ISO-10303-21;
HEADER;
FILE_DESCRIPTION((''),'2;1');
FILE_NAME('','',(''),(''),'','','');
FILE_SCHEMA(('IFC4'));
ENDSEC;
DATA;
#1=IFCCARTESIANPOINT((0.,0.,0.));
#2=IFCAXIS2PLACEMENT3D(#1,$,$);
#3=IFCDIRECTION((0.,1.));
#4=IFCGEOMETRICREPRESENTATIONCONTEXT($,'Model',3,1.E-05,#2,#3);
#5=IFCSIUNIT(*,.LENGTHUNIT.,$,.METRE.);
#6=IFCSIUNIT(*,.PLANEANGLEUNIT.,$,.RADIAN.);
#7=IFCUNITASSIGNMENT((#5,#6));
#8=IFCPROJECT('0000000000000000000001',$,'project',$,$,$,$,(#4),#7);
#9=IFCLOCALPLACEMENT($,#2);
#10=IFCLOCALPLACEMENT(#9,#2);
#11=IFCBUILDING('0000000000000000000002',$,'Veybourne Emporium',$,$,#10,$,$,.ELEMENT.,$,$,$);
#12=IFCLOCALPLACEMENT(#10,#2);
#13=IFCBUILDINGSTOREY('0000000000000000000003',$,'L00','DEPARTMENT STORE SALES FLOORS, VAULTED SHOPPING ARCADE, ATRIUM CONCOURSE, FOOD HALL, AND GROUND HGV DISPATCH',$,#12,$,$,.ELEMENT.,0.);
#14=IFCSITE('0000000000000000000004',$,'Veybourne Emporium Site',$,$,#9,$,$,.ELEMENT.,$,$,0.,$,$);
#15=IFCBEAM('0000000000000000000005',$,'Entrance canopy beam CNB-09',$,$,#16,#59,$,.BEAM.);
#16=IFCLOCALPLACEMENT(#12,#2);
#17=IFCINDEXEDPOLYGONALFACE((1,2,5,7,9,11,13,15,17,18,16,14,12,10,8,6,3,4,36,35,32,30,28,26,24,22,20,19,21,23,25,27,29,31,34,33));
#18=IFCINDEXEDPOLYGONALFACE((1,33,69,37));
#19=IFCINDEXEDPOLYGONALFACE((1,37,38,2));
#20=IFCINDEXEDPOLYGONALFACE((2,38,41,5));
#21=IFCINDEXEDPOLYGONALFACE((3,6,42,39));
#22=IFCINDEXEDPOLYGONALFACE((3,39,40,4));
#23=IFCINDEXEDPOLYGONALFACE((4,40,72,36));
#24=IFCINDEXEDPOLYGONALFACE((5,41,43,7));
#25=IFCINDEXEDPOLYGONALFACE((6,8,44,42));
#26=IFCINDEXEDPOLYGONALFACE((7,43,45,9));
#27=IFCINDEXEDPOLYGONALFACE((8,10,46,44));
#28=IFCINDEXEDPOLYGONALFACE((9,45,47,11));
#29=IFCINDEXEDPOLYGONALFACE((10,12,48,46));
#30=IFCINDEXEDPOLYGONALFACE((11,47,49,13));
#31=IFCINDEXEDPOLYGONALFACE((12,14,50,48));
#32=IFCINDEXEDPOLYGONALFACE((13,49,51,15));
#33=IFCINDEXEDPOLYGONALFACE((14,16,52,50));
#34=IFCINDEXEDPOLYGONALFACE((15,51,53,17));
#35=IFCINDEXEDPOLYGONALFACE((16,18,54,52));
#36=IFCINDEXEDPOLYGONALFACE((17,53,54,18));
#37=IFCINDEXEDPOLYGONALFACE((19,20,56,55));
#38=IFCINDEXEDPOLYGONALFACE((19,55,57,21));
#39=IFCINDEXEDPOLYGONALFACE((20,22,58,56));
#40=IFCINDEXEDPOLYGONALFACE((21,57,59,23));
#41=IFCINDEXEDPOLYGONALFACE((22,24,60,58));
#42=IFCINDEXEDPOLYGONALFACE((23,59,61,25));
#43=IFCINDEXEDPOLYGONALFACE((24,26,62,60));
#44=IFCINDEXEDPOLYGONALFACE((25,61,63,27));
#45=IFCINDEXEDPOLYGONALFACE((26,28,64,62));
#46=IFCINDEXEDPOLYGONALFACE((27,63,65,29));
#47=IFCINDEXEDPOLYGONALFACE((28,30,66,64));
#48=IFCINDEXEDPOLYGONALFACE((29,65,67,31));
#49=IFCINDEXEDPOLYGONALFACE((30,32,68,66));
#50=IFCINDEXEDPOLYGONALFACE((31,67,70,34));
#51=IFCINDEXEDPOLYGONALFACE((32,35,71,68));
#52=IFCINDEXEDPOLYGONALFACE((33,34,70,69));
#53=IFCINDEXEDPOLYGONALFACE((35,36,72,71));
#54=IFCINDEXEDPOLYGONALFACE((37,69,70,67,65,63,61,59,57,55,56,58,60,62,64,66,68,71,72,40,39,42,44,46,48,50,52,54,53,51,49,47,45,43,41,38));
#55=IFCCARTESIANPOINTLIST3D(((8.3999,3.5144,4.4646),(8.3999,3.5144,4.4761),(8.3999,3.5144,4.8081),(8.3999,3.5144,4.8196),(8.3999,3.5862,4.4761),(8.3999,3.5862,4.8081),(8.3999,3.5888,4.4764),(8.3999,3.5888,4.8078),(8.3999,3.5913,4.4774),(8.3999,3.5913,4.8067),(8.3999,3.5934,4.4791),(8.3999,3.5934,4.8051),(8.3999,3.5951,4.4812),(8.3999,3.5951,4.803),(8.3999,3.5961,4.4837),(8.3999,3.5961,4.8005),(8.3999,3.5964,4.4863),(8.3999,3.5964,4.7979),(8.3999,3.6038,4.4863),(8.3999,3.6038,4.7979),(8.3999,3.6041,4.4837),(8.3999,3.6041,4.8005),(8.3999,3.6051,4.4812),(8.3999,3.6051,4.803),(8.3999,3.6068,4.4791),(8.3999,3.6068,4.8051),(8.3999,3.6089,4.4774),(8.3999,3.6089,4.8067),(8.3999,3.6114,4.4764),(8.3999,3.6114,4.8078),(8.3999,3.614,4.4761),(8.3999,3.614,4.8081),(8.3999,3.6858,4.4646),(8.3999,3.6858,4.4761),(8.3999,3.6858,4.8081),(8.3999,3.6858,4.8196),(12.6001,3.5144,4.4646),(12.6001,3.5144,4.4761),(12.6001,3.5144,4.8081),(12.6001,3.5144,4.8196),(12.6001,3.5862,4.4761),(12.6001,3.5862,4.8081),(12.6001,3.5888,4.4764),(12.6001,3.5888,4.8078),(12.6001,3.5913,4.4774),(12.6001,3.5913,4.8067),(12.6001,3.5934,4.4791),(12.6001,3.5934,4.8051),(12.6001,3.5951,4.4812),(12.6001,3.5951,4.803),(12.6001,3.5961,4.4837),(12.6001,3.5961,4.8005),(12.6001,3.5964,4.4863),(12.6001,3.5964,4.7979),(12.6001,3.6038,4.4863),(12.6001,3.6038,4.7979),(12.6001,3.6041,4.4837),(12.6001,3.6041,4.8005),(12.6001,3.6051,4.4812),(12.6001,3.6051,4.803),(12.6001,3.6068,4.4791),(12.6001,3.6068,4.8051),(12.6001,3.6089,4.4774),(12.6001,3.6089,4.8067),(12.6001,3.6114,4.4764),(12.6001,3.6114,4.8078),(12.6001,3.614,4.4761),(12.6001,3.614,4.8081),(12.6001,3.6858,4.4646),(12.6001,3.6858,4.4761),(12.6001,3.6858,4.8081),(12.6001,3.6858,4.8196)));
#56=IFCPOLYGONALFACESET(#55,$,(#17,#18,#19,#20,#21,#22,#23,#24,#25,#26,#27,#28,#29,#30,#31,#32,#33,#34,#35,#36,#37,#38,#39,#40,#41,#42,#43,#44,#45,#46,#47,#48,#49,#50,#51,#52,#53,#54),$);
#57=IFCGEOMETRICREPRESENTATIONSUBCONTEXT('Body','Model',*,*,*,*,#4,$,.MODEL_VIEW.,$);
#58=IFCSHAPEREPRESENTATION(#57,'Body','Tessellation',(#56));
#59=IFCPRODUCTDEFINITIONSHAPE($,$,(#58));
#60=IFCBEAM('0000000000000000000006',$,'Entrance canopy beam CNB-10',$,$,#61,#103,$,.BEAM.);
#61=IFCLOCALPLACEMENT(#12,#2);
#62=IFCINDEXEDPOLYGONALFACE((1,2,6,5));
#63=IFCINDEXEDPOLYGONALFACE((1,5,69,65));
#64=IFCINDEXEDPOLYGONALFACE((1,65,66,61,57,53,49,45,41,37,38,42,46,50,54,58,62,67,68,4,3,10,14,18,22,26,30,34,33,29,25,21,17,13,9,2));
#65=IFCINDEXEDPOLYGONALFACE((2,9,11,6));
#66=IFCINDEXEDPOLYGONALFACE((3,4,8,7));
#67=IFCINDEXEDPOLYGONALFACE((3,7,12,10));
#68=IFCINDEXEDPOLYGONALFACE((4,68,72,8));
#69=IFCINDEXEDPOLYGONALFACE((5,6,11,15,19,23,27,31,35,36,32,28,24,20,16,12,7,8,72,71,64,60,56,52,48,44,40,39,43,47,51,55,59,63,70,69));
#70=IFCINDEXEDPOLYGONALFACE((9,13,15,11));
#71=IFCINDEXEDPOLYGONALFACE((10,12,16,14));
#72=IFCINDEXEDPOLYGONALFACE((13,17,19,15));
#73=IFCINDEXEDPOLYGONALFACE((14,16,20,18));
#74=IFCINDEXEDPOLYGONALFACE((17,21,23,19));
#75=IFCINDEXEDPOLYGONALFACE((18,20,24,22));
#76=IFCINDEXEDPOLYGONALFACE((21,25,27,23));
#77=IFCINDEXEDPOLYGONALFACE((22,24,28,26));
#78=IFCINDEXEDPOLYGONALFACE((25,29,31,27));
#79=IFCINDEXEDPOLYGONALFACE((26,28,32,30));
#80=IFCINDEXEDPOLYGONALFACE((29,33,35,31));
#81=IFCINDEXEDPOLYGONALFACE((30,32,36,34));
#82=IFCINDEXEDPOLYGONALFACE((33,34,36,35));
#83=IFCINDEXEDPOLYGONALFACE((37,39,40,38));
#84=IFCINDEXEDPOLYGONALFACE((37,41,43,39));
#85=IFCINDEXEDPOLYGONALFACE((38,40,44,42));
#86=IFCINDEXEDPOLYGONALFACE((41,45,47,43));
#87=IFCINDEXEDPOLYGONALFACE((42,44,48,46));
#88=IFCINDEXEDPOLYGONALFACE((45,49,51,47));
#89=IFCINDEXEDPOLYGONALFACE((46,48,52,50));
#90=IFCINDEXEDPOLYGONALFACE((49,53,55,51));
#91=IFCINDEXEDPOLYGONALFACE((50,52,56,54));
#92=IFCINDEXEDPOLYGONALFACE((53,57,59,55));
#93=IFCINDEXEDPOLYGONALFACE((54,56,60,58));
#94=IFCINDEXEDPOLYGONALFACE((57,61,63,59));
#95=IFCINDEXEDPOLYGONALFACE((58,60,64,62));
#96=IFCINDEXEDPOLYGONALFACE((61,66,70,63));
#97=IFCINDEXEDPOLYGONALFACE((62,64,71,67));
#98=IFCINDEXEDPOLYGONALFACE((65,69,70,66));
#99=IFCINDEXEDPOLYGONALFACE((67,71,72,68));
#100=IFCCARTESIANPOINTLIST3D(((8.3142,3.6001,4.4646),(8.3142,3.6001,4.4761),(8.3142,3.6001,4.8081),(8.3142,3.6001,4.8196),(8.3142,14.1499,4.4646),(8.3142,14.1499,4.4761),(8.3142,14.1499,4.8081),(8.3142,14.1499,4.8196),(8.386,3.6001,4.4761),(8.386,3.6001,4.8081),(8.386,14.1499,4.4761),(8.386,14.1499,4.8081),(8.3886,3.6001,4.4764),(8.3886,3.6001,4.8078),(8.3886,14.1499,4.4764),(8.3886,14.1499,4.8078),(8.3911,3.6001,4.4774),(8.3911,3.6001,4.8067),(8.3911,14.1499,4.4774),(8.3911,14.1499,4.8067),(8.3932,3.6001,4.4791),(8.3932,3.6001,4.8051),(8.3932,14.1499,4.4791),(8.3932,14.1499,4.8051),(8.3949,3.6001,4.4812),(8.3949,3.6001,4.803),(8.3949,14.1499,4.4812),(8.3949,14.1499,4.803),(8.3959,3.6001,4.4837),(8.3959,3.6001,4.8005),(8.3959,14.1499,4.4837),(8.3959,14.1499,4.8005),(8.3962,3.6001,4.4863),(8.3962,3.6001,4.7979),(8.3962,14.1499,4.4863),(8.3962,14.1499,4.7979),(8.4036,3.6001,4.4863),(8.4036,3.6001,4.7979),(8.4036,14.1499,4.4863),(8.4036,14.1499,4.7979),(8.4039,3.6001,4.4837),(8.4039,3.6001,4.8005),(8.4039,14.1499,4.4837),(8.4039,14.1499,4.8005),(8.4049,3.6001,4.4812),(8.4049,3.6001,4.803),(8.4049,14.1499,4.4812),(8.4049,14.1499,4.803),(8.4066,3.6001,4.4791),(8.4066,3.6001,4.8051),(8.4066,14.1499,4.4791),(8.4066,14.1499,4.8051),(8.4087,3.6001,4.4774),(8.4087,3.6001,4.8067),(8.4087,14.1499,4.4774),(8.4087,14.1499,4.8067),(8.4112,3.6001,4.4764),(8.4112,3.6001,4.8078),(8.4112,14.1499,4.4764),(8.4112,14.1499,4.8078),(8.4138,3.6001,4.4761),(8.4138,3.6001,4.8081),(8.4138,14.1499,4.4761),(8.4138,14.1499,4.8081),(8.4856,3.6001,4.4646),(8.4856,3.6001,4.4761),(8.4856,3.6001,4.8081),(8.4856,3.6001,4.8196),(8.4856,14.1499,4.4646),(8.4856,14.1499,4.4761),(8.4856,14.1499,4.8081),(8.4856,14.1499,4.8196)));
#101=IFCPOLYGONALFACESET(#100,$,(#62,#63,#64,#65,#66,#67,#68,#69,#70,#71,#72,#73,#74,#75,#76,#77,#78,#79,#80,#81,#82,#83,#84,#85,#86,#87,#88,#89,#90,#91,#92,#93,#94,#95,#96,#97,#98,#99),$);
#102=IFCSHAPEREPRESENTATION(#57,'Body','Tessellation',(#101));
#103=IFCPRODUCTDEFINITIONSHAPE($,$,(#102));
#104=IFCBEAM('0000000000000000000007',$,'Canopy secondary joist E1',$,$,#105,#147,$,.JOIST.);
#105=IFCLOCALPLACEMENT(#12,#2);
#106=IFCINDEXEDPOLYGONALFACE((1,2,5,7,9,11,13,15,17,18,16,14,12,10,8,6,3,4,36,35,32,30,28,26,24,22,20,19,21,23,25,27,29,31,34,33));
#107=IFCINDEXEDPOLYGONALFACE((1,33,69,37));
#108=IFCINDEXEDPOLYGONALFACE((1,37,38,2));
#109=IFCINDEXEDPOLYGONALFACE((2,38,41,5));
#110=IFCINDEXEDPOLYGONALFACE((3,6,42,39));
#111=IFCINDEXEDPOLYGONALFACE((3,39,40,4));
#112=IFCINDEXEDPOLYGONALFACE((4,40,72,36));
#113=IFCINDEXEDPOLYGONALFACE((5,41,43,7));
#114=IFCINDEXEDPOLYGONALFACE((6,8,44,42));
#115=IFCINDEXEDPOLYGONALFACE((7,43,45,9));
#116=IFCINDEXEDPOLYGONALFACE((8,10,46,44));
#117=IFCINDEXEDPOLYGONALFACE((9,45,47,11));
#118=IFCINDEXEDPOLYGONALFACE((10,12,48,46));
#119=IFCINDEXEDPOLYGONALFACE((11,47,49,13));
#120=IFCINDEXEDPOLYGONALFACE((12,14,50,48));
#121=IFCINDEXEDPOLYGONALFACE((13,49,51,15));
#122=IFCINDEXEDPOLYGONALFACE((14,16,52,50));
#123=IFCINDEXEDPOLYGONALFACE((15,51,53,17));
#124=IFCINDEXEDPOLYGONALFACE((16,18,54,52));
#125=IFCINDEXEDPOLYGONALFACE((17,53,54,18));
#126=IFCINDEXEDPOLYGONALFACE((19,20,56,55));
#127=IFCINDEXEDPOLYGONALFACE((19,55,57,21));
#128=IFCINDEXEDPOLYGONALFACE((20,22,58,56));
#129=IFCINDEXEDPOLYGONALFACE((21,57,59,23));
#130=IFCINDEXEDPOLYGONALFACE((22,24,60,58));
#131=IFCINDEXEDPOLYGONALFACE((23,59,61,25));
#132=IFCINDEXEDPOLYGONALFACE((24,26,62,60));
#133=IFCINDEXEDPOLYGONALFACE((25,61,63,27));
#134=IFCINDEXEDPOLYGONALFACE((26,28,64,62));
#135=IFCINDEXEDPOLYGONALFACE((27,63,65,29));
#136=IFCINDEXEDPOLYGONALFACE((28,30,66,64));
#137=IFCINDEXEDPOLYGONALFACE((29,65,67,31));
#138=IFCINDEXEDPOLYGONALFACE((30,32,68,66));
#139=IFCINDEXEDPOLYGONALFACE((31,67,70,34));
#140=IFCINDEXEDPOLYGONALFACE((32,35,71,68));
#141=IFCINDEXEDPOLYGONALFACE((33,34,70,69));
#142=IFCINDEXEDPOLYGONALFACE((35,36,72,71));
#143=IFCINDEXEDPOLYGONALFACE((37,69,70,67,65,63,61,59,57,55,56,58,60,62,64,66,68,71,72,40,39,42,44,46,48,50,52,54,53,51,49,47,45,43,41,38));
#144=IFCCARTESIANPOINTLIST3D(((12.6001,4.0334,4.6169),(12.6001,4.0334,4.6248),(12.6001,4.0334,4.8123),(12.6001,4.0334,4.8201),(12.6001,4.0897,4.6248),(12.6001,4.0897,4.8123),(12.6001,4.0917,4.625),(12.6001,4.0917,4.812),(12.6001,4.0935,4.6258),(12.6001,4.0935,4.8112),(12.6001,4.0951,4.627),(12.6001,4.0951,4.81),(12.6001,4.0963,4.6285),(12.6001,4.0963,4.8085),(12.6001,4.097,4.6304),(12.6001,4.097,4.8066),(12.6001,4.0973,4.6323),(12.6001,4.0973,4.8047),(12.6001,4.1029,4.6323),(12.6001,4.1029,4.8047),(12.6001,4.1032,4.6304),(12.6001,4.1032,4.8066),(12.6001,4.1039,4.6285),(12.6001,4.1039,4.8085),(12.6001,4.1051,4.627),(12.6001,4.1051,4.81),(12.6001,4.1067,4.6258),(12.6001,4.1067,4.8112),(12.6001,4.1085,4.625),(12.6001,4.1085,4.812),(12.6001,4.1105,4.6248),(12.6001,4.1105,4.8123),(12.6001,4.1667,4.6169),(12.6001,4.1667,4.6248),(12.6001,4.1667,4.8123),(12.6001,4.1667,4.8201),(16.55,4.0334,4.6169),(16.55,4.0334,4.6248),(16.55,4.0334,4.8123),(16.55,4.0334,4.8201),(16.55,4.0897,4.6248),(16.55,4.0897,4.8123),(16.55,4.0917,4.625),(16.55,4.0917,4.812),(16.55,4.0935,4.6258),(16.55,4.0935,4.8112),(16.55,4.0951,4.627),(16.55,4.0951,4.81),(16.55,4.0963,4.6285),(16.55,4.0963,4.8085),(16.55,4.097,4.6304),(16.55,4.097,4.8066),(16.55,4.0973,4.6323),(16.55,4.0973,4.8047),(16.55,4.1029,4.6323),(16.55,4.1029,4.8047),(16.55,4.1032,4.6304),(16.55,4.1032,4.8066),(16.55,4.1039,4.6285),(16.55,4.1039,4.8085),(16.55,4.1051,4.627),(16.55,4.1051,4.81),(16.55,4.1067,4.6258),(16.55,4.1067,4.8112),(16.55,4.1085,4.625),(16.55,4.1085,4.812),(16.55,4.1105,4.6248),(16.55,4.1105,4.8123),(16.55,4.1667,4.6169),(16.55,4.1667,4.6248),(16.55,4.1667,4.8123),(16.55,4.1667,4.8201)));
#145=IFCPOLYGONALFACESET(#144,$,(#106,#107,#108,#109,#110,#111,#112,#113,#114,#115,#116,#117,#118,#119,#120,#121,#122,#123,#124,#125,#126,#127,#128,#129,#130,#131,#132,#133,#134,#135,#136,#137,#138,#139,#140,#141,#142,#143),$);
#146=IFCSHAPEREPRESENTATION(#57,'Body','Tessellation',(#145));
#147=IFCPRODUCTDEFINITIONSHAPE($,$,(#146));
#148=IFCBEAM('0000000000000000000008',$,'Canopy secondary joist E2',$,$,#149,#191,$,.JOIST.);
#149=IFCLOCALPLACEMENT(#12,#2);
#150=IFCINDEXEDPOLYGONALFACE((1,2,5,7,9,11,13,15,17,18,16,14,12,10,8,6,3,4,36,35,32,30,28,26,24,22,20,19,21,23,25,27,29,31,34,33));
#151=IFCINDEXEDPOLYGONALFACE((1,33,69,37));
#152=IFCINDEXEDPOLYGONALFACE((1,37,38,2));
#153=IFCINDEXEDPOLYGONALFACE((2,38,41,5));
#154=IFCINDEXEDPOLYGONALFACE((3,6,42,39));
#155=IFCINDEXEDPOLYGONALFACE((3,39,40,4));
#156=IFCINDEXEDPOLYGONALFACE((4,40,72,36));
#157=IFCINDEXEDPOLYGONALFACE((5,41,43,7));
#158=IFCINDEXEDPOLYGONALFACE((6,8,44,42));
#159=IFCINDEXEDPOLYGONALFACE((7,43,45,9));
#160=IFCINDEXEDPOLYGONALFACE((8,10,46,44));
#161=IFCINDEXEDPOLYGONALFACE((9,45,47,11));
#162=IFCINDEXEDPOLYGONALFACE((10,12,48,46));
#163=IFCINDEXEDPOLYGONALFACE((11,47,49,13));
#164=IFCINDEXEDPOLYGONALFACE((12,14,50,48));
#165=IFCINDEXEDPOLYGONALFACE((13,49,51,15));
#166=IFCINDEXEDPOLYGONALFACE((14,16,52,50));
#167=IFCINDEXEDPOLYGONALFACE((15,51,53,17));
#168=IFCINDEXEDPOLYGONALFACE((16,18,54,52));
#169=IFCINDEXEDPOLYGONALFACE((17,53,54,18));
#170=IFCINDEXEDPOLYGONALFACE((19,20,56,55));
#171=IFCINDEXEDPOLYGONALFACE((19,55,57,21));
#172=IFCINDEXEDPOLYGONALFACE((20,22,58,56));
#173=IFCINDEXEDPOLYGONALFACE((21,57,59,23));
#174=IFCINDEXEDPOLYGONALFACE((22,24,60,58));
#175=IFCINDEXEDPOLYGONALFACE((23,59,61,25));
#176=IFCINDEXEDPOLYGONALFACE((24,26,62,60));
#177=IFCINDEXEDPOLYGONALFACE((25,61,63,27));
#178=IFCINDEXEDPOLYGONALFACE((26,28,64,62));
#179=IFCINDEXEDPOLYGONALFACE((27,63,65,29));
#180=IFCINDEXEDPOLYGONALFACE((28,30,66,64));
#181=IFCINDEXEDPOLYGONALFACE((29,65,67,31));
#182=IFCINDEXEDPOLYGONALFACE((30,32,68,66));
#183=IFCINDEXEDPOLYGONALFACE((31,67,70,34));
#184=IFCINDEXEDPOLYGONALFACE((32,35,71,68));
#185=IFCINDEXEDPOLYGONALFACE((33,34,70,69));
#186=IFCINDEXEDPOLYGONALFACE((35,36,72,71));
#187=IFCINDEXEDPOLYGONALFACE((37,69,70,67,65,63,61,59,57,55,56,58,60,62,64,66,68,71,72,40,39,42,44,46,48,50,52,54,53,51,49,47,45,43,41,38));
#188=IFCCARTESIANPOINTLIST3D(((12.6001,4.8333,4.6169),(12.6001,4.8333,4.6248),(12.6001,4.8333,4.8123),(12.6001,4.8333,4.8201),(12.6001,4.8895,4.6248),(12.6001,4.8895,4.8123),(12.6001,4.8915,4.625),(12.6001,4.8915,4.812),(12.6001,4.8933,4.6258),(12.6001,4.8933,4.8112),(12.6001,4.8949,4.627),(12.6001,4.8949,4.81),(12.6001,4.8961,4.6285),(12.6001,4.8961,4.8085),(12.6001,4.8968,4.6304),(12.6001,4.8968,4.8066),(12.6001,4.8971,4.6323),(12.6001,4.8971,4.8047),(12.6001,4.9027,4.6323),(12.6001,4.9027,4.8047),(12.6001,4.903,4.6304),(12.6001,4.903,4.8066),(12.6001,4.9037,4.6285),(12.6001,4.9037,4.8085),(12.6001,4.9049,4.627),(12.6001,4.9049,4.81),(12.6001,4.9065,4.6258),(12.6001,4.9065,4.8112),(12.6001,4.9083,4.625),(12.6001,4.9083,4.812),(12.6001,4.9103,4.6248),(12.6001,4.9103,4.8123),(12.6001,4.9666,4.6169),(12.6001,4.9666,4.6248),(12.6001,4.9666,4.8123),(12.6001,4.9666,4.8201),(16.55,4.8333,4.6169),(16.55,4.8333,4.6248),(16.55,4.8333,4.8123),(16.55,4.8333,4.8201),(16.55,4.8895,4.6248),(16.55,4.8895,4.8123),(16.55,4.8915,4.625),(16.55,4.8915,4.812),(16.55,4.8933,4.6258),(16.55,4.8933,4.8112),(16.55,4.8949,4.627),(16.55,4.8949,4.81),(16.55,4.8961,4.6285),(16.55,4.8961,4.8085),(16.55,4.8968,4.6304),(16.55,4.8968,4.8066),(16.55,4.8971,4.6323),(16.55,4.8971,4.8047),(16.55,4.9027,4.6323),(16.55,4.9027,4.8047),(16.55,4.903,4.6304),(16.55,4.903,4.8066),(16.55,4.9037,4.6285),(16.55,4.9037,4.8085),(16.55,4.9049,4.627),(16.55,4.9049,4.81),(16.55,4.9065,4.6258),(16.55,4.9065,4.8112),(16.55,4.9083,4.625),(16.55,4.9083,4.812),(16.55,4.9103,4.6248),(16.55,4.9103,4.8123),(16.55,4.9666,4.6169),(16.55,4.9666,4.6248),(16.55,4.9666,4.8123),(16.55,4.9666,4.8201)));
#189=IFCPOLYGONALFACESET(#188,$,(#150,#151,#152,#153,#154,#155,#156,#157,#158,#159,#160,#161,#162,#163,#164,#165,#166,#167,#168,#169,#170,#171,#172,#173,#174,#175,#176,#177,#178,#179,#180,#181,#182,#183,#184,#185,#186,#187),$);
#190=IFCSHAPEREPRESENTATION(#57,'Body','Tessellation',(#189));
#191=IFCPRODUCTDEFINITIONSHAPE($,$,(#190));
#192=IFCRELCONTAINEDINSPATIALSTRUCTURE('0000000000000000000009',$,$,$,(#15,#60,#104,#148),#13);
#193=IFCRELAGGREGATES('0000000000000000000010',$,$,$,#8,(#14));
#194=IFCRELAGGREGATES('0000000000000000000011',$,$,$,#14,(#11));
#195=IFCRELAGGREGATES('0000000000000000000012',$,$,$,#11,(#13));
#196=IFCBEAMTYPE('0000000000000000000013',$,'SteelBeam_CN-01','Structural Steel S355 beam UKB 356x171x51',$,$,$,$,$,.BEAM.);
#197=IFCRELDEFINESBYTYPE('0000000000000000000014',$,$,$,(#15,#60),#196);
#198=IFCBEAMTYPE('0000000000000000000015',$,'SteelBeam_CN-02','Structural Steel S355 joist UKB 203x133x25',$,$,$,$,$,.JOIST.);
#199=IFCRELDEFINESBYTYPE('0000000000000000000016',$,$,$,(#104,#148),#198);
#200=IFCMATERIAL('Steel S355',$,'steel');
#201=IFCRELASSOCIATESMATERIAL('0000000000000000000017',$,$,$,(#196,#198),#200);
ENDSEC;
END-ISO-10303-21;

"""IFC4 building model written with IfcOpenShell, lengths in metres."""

from ifc_helpers import new_model, si_unit, direction, frame, origin, origin_2d, place, context, subcontext, project, spatial, i_section, extrude, material, material_profile, profile_set, type_object, element, save


model = new_model("IFC4")

# Units and contexts
model_context = context("Model", 3, precision=1e-05, world=origin(), true_north=direction((0.0, 1.0)))
body_context = subcontext(model_context, "Body", "Model", "MODEL_VIEW")
ifc_project = project(units=[si_unit("LENGTHUNIT", "METRE"), si_unit("PLANEANGLEUNIT", "RADIAN")], contexts=[model_context])

# Site, building, storey
site_placement = place(None, origin())
site = spatial("IfcSite", under=ifc_project, at=site_placement, Name="Veybourne Emporium Site", CompositionType="ELEMENT", RefElevation=0.0)
building_placement = place(site_placement, origin())
building = spatial("IfcBuilding", under=site, at=building_placement, Name="Veybourne Emporium", CompositionType="ELEMENT")
storey_placement = place(building_placement, origin())
storey = spatial("IfcBuildingStorey", under=building, at=storey_placement, Name="L00", Description="DEPARTMENT STORE SALES FLOORS, VAULTED SHOPPING ARCADE, ATRIUM CONCOURSE, FOOD HALL, AND GROUND HGV DISPATCH", CompositionType="ELEMENT", Elevation=0.0)

# Shared definitions
ifc_material_1 = material(Name="Steel S355", Category="steel")

# Beams
ifc_material_profile_1 = material_profile(ifc_material_1, i_section(OverallWidth=0.1714, OverallDepth=0.355, WebThickness=0.0073, FlangeThickness=0.0115, FilletRadius=0.0103, at=origin_2d()), Name="UKB 356x171x51")
ifc_profile_set_1 = profile_set([ifc_material_profile_1], Name="Steel S355")
beam_type_1 = type_object("IfcBeamType", Name="SteelBeam_CN-01", Description="Structural Steel S355 beam UKB 356x171x51", PredefinedType="BEAM", material=ifc_profile_set_1)
beam_1_placement = place(storey_placement, frame((8.3999, 3.6001, 4.6421), z_axis=(1.0, 0.0, 0.0), x_axis=(0.0, 1.0, 0.0)))
element("IfcBeam", 1, at=beam_1_placement, inside=storey, type_object=beam_type_1, Name="Entrance canopy beam CNB-09", PredefinedType="BEAM", context=body_context, shape_type="SweptSolid", body=[
    extrude(i_section(OverallWidth=0.1714, OverallDepth=0.355, WebThickness=0.0073, FlangeThickness=0.0115, FilletRadius=0.0103, at=origin_2d()), origin(), (0.0, 0.0, 1.0), 4.2002),
])
beam_2_placement = place(storey_placement, frame((8.3999, 3.6001, 4.6421), z_axis=(0.0, 1.0, 0.0), x_axis=(-1.0, 0.0, 0.0)))
element("IfcBeam", 2, at=beam_2_placement, inside=storey, type_object=beam_type_1, Name="Entrance canopy beam CNB-10", PredefinedType="BEAM", context=body_context, shape_type="SweptSolid", body=[
    extrude(i_section(OverallWidth=0.1714, OverallDepth=0.355, WebThickness=0.0073, FlangeThickness=0.0115, FilletRadius=0.0103, at=origin_2d()), origin(), (0.0, 0.0, 1.0), 10.5498),
])
ifc_material_profile_2 = material_profile(ifc_material_1, i_section(OverallWidth=0.1333, OverallDepth=0.2031, WebThickness=0.0056, FlangeThickness=0.0078, FilletRadius=0.0076, at=origin_2d()), Name="UKB 203x133x25")
ifc_profile_set_2 = profile_set([ifc_material_profile_2], Name="Steel S355")
beam_type_2 = type_object("IfcBeamType", Name="SteelBeam_CN-02", Description="Structural Steel S355 joist UKB 203x133x25", PredefinedType="JOIST", material=ifc_profile_set_2)
for number, where, z_axis, x_axis, name in (
    (3, (12.6001, 4.1001, 4.7185), (1.0, 0.0, 0.0), (0.0, 1.0, 0.0), "Canopy secondary joist E1"),
    (4, (12.6001, 4.8999, 4.7185), (1.0, 0.0, 0.0), (0.0, 1.0, 0.0), "Canopy secondary joist E2"),
):
    element("IfcBeam", number, at=place(storey_placement, frame(where, z_axis=z_axis, x_axis=x_axis)), inside=storey, type_object=beam_type_2, Name=name, PredefinedType="JOIST", context=body_context, shape_type="SweptSolid", body=[
        extrude(i_section(OverallWidth=0.1333, OverallDepth=0.2031, WebThickness=0.0056, FlangeThickness=0.0078, FilletRadius=0.0076, at=origin_2d()), origin(), (0.0, 0.0, 1.0), 3.95),
    ])

save(model, "model.ifc")
